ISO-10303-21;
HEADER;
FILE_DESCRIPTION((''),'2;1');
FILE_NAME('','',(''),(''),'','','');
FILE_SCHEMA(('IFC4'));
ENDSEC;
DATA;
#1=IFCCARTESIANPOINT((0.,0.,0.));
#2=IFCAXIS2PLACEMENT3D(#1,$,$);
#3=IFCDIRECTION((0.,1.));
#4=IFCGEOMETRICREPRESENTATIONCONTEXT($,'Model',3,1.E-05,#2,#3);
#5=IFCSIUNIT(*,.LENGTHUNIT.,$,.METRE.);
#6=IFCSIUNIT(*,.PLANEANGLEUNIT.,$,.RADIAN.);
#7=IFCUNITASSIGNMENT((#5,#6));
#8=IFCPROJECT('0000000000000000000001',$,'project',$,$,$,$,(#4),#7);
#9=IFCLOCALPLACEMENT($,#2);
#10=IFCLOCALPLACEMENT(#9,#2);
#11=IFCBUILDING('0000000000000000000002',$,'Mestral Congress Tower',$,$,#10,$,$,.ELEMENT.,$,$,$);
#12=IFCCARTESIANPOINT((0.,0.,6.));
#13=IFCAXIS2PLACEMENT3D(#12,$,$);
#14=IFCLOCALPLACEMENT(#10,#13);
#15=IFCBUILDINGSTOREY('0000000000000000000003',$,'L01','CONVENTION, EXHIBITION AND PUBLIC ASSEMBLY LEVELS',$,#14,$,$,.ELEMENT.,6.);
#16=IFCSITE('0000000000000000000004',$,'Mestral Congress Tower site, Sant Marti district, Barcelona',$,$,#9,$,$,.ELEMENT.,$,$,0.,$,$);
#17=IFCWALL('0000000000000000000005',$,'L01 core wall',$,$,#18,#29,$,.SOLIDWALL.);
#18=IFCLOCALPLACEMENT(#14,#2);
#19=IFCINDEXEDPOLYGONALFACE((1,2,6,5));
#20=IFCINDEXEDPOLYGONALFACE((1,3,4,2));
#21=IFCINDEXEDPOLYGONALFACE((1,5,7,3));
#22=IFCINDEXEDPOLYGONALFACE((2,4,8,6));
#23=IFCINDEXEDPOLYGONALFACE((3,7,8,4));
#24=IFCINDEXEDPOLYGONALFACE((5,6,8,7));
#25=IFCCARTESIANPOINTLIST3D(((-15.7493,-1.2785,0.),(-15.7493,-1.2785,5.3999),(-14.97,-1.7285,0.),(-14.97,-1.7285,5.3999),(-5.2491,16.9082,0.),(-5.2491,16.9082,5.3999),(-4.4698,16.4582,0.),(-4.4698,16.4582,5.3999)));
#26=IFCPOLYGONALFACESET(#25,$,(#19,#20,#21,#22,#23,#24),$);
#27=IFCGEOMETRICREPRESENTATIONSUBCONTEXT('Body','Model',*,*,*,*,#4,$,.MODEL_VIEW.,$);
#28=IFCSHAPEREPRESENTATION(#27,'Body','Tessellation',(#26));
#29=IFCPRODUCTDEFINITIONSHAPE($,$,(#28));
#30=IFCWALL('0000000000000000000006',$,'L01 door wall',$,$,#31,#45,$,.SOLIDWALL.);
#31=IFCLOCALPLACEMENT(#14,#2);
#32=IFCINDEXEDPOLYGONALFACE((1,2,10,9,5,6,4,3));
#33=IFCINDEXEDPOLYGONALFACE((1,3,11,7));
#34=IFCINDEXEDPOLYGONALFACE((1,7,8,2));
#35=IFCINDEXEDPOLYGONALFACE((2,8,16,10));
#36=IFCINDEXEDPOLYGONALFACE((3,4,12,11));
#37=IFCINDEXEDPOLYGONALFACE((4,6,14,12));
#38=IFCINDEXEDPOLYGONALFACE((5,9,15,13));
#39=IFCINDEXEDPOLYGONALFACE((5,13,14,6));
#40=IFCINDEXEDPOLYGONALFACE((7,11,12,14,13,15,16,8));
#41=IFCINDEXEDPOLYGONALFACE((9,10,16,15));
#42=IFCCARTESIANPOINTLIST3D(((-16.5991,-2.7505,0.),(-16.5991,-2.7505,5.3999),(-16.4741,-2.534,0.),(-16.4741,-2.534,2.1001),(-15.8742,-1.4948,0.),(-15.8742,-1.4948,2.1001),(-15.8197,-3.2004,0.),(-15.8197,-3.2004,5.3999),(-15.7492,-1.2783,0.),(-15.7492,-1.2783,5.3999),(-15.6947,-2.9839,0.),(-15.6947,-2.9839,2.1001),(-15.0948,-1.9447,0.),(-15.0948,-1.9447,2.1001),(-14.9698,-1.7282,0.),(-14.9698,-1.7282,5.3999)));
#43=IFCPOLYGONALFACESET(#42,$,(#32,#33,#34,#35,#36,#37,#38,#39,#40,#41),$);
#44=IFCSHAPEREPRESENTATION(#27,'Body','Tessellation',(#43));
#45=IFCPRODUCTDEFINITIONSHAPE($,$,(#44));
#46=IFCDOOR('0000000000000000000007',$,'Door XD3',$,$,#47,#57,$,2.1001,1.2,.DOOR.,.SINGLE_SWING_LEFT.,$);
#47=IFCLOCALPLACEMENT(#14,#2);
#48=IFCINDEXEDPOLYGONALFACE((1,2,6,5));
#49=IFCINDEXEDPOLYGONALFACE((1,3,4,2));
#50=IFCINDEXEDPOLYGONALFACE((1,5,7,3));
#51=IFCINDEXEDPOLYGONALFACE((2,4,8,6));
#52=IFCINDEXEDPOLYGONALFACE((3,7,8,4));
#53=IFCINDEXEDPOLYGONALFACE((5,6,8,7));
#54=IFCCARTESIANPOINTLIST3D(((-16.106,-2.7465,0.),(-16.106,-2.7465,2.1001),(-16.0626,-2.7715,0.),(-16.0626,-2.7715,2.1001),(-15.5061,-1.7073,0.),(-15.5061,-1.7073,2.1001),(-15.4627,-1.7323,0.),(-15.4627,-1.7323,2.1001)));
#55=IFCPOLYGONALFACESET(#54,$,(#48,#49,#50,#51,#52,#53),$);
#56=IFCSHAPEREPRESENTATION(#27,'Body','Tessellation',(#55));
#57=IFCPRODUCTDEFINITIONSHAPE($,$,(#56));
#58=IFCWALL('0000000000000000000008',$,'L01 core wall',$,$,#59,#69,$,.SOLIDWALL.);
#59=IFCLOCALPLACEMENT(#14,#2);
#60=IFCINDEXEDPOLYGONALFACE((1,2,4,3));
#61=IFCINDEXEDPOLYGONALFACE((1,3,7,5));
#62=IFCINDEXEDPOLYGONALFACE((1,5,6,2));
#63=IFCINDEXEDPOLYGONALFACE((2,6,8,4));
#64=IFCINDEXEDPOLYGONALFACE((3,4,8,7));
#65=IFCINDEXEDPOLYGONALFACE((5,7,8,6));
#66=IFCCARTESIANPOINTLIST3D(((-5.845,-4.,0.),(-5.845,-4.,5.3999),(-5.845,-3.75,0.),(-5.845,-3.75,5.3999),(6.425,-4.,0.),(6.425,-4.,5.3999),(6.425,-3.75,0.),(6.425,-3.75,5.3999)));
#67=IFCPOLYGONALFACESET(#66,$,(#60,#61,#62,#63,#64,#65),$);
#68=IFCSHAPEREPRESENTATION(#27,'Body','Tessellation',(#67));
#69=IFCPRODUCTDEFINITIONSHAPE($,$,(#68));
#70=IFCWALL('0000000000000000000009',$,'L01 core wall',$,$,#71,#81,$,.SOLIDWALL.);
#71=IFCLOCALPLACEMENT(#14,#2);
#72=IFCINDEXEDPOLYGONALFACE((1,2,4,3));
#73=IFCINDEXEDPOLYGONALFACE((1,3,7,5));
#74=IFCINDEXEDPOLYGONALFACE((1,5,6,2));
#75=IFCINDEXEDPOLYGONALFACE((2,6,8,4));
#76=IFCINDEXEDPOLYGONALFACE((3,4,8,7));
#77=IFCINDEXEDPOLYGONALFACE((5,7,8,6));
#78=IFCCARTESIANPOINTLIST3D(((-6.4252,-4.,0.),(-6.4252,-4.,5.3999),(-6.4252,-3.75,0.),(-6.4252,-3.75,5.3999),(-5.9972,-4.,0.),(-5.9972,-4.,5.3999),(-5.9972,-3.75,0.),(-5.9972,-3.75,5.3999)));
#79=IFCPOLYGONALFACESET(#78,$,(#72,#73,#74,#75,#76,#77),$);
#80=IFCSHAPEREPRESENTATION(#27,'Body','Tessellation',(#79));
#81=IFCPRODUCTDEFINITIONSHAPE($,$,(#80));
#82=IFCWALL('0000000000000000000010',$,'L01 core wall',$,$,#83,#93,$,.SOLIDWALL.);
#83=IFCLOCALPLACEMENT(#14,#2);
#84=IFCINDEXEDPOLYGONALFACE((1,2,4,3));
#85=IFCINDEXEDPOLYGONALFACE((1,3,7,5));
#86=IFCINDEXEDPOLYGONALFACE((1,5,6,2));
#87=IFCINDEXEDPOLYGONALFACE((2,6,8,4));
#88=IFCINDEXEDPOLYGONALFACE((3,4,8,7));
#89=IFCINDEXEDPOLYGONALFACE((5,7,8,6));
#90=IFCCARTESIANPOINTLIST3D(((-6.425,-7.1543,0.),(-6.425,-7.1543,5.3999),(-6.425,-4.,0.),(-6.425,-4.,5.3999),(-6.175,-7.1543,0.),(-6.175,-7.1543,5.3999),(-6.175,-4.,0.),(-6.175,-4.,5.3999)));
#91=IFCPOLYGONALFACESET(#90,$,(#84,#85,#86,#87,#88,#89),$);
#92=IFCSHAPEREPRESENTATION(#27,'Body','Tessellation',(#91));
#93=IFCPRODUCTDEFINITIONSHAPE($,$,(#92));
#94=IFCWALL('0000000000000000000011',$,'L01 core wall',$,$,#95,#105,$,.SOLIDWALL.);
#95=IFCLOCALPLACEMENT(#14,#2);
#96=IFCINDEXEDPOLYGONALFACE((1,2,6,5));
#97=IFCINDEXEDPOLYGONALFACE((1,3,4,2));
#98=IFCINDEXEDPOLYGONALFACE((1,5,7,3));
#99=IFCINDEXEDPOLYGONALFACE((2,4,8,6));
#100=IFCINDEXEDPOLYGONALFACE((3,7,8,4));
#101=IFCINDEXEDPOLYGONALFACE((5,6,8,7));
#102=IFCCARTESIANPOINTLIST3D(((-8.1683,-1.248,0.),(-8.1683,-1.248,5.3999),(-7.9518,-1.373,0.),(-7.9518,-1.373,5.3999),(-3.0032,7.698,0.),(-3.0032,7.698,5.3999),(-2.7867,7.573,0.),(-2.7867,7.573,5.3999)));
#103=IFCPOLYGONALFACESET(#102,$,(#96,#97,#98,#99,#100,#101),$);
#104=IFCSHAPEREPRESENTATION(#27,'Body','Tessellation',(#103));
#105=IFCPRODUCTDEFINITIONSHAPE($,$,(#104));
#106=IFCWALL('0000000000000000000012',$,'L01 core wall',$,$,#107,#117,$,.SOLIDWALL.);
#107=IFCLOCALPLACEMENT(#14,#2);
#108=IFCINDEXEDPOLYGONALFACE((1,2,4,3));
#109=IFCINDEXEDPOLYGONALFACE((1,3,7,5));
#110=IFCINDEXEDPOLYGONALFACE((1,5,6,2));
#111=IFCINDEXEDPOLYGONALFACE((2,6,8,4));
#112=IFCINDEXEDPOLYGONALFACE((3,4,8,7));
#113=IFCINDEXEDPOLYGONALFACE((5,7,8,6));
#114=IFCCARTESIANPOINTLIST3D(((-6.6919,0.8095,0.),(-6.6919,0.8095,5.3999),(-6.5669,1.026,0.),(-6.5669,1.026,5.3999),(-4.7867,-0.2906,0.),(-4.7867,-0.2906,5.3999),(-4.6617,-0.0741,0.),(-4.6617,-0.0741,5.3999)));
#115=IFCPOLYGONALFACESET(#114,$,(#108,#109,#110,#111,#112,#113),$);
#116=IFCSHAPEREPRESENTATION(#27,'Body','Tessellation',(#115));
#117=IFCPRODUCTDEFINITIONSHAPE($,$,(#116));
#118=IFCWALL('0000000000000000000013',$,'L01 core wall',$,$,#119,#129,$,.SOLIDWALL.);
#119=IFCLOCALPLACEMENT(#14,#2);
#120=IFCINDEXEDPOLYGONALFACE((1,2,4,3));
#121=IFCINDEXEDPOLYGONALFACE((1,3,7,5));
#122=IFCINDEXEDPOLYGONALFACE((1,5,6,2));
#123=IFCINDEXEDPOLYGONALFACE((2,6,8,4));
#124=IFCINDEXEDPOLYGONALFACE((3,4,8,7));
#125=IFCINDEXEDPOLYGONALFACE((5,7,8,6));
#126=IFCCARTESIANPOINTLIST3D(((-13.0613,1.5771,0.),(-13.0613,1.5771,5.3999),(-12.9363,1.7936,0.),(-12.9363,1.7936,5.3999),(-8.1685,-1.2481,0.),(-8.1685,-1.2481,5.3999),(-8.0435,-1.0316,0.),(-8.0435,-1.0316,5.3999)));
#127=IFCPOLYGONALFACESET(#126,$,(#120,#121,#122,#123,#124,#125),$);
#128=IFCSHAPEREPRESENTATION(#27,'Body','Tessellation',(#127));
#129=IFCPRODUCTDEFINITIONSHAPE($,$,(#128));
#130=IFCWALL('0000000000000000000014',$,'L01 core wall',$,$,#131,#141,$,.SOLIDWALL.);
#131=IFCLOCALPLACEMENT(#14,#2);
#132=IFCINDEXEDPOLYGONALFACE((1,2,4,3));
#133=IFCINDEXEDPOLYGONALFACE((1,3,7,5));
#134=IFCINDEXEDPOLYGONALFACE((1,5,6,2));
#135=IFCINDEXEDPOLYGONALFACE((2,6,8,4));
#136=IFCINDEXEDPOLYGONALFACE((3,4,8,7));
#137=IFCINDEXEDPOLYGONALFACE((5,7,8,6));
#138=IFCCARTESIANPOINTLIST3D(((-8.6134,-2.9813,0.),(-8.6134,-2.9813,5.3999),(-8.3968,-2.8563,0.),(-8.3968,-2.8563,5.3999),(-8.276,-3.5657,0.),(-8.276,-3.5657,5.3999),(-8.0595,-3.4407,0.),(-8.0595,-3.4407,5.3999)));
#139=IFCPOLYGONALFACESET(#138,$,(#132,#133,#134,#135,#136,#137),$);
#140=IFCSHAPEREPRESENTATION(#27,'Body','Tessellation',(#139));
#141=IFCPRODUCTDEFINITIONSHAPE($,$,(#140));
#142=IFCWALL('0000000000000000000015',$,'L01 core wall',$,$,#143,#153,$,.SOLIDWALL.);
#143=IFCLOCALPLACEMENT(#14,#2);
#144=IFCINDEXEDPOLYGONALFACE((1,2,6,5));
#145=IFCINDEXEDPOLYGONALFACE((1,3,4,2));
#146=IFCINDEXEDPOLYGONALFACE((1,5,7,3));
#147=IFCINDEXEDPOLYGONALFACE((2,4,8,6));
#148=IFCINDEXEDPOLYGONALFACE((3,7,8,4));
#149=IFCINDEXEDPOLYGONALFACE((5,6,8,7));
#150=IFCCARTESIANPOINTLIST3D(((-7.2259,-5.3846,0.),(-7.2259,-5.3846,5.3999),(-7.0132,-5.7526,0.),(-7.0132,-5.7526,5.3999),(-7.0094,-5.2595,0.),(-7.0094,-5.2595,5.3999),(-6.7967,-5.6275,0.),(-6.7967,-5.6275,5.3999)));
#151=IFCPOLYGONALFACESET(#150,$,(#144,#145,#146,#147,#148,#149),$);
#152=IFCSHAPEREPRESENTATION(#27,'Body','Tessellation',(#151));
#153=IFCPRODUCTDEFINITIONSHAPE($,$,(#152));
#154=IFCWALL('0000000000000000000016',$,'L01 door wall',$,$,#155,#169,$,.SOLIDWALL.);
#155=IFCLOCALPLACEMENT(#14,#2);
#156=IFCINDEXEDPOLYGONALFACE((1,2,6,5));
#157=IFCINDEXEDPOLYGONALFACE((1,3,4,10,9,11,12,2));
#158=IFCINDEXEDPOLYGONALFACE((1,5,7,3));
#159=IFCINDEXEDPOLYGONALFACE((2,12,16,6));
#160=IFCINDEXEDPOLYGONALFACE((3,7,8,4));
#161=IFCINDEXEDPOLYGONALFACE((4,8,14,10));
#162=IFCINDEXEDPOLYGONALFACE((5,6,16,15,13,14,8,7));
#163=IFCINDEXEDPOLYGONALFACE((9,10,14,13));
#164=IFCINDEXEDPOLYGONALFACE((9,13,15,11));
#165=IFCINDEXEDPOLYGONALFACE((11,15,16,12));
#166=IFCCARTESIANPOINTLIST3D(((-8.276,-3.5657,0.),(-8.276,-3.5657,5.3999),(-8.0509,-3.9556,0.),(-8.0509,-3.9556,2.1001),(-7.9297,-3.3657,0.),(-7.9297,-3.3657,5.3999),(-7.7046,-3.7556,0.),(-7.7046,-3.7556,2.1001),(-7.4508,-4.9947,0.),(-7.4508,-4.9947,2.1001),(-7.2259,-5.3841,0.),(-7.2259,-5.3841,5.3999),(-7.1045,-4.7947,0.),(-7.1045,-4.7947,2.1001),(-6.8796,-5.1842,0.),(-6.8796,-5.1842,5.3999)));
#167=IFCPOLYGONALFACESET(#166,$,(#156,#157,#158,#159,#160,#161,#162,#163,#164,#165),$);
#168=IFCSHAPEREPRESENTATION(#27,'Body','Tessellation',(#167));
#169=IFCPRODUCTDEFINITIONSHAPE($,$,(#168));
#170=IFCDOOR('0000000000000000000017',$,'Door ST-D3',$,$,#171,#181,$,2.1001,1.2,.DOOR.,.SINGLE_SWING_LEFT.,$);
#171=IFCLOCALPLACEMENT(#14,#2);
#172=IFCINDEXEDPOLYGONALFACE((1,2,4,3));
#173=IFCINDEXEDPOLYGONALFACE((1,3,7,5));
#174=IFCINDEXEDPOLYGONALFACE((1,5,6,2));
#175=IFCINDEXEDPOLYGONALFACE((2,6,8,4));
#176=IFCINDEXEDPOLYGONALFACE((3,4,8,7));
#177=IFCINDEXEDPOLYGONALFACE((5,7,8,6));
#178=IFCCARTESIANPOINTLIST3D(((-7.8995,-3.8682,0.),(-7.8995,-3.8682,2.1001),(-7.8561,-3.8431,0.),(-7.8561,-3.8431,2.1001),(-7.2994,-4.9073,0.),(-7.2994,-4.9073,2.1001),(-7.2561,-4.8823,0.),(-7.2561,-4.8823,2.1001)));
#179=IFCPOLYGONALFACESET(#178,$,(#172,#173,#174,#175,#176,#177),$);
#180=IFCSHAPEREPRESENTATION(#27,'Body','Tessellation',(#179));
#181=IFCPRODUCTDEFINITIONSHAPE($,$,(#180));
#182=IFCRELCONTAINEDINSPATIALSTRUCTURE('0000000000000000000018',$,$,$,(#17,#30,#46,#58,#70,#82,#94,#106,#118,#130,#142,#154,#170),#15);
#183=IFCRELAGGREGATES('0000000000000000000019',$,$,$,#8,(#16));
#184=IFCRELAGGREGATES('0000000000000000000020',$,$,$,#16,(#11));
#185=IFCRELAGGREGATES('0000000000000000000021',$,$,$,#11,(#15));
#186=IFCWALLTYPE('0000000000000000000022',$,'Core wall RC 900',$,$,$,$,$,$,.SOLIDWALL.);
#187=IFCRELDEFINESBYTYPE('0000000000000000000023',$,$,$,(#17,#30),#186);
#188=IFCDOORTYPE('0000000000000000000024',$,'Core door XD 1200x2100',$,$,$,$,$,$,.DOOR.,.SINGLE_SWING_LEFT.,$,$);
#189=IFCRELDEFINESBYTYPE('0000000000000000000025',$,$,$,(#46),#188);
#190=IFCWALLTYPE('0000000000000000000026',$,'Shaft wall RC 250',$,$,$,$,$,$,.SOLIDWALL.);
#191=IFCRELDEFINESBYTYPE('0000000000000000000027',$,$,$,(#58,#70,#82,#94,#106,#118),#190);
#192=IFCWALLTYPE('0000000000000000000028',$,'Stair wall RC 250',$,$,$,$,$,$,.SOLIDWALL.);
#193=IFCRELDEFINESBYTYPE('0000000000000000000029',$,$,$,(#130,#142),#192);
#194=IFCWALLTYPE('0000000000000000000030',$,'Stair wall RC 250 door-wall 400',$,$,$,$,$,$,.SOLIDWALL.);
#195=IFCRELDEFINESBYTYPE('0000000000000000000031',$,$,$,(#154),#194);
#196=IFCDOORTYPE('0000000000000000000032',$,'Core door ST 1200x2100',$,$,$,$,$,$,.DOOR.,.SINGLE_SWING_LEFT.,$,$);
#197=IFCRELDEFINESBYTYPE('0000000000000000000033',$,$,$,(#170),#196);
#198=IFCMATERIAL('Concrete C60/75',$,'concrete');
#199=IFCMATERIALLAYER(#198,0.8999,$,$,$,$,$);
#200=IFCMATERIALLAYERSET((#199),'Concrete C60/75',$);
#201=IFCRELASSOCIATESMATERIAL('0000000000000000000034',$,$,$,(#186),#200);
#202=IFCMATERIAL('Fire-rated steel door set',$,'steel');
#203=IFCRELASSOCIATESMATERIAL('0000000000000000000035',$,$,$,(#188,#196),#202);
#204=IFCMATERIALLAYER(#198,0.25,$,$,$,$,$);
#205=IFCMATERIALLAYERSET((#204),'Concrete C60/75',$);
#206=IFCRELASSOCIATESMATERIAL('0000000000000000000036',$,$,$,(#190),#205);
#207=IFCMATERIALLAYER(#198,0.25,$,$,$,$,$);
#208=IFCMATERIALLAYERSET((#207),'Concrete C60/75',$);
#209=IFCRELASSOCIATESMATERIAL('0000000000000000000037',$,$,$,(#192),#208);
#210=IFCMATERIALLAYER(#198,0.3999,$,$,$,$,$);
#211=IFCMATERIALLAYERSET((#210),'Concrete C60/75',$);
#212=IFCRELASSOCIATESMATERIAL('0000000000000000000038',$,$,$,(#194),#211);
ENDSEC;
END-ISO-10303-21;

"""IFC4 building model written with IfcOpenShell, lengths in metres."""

from ifc_helpers import new_model, si_unit, direction, frame, frame_2d, origin, place, context, subcontext, project, spatial, rectangle, extrude, material, layer, layer_set, type_object, element, fill, save


model = new_model("IFC4")

# Units and contexts
model_context = context("Model", 3, precision=1e-05, world=origin(), true_north=direction((0.0, 1.0)))
body_context = subcontext(model_context, "Body", "Model", "MODEL_VIEW")
ifc_project = project(units=[si_unit("LENGTHUNIT", "METRE"), si_unit("PLANEANGLEUNIT", "RADIAN")], contexts=[model_context])

# Site, building, storey
site_placement = place(None, origin())
site = spatial("IfcSite", under=ifc_project, at=site_placement, Name="Mestral Congress Tower site, Sant Marti district, Barcelona", CompositionType="ELEMENT", RefElevation=0.0)
building_placement = place(site_placement, origin())
building = spatial("IfcBuilding", under=site, at=building_placement, Name="Mestral Congress Tower", CompositionType="ELEMENT")
storey_placement = place(building_placement, frame((0.0, 0.0, 6.0)))
storey = spatial("IfcBuildingStorey", under=building, at=storey_placement, Name="L01", Description="CONVENTION, EXHIBITION AND PUBLIC ASSEMBLY LEVELS", CompositionType="ELEMENT", Elevation=6.0)

# Shared definitions
ifc_material_1 = material(Name="Fire-rated steel door set", Category="steel")

# Wall
ifc_material_2 = material(Name="Concrete C60/75", Category="concrete")
ifc_layer_1 = layer(ifc_material_2, 0.8999)
ifc_layer_set_1 = layer_set([ifc_layer_1], Name="Concrete C60/75")
wall_type_1 = type_object("IfcWallType", Name="Core wall RC 900", PredefinedType="SOLIDWALL", material=ifc_layer_set_1)
wall_1_placement = place(storey_placement, frame((-15.3596, -1.5034, 0.0), z_axis=(0.0, 0.0, 1.0), x_axis=(0.500004, 0.866023, 0.0)))
element("IfcWall", 1, at=wall_1_placement, inside=storey, type_object=wall_type_1, Name="L01 core wall", PredefinedType="SOLIDWALL", context=body_context, shape_type="SweptSolid", body=[
    extrude(rectangle(XDim=21.0002, YDim=0.8999, at=frame_2d((10.5, 0.0))), origin(), (0.0, 0.0, 1.0), 5.3999),
])

# Wall, opening, door
wall_2_placement = place(storey_placement, frame((-16.2095, -2.9756, 0.0), z_axis=(0.0, 0.0, 1.0), x_axis=(0.499955, 0.866052, 0.0)))
wall_2 = element("IfcWall", 2, at=wall_2_placement, inside=storey, type_object=wall_type_1, Name="L01 door wall", PredefinedType="SOLIDWALL", context=body_context, shape_type="SweptSolid", body=[
    extrude(rectangle(XDim=1.7, YDim=0.8999, at=frame_2d((0.8501, 0.0))), origin(), (0.0, 0.0, 1.0), 5.3999),
])
opening_1_placement = place(wall_2_placement, frame((0.25, 0.0, 0.0)))
opening_1 = element("IfcOpeningElement", 3, at=opening_1_placement, cuts=wall_2, PredefinedType="OPENING", context=body_context, shape_type="SweptSolid", body=[
    extrude(rectangle(XDim=1.2, YDim=2.1001, at=frame_2d((0.6001, 1.05))), frame((0.0, 0.46, 0.0), z_axis=(0.0, -1.0, 0.0), x_axis=(1.0, 0.0, 0.0)), (0.0, 0.0, 1.0), 0.9199),
])
door_type_1 = type_object("IfcDoorType", Name="Core door XD 1200x2100", OperationType="SINGLE_SWING_LEFT", PredefinedType="DOOR", material=ifc_material_1)
door_1_placement = place(opening_1_placement, origin())
door_1 = element("IfcDoor", 4, at=door_1_placement, inside=storey, type_object=door_type_1, Name="Door XD3", OperationType="SINGLE_SWING_LEFT", OverallHeight=2.1001, OverallWidth=1.2, PredefinedType="DOOR", context=body_context, shape_type="SweptSolid", body=[
    extrude(rectangle(XDim=1.2, YDim=2.1001, at=frame_2d((0.6001, 1.05))), frame((0.0, 0.0249, 0.0), z_axis=(0.0, -1.0, 0.0), x_axis=(1.0, 0.0, 0.0)), (0.0, 0.0, 1.0), 0.05),
])
fill(opening_1, door_1)

# Walls
ifc_layer_2 = layer(ifc_material_2, 0.25)
ifc_layer_set_2 = layer_set([ifc_layer_2], Name="Concrete C60/75")
wall_type_2 = type_object("IfcWallType", Name="Shaft wall RC 250", PredefinedType="SOLIDWALL", material=ifc_layer_set_2)
wall_3_placement = place(storey_placement, frame((-5.845, -3.875, 0.0), z_axis=(0.0, 0.0, 1.0), x_axis=(1.0, 0.0, 0.0)))
element("IfcWall", 5, at=wall_3_placement, inside=storey, type_object=wall_type_2, Name="L01 core wall", PredefinedType="SOLIDWALL", context=body_context, shape_type="SweptSolid", body=[
    extrude(rectangle(XDim=12.27, YDim=0.25, at=frame_2d((6.135, 0.0))), origin(), (0.0, 0.0, 1.0), 5.3999),
])
wall_4_placement = place(storey_placement, frame((-6.425, -3.875, 0.0), z_axis=(0.0, 0.0, 1.0), x_axis=(1.0, 0.0, 0.0)))
element("IfcWall", 6, at=wall_4_placement, inside=storey, type_object=wall_type_2, Name="L01 core wall", PredefinedType="SOLIDWALL", context=body_context, shape_type="SweptSolid", body=[
    extrude(rectangle(XDim=0.428, YDim=0.25, at=frame_2d((0.2139, 0.0))), origin(), (0.0, 0.0, 1.0), 5.3999),
])
wall_5_placement = place(storey_placement, frame((-6.3, -4.0, 0.0), z_axis=(0.0, 0.0, 1.0), x_axis=(0.0, -1.0, 0.0)))
element("IfcWall", 7, at=wall_5_placement, inside=storey, type_object=wall_type_2, Name="L01 core wall", PredefinedType="SOLIDWALL", context=body_context, shape_type="SweptSolid", body=[
    extrude(rectangle(XDim=3.1543, YDim=0.25, at=frame_2d((1.5771, 0.0))), origin(), (0.0, 0.0, 1.0), 5.3999),
])
wall_6_placement = place(storey_placement, frame((-8.0601, -1.3105, 0.0), z_axis=(0.0, 0.0, 1.0), x_axis=(0.500003, 0.866024, 0.0)))
element("IfcWall", 8, at=wall_6_placement, inside=storey, type_object=wall_type_2, Name="L01 core wall", PredefinedType="SOLIDWALL", context=body_context, shape_type="SweptSolid", body=[
    extrude(rectangle(XDim=10.3301, YDim=0.25, at=frame_2d((5.165, 0.0))), origin(), (0.0, 0.0, 1.0), 5.3999),
])
wall_7_placement = place(storey_placement, frame((-4.7241, -0.1824, 0.0), z_axis=(0.0, 0.0, 1.0), x_axis=(-0.866008, 0.50003, 0.0)))
element("IfcWall", 9, at=wall_7_placement, inside=storey, type_object=wall_type_2, Name="L01 core wall", PredefinedType="SOLIDWALL", context=body_context, shape_type="SweptSolid", body=[
    extrude(rectangle(XDim=2.2, YDim=0.25, at=frame_2d((1.1001, 0.0))), origin(), (0.0, 0.0, 1.0), 5.3999),
])
wall_8_placement = place(storey_placement, frame((-8.106, -1.1399, 0.0), z_axis=(0.0, 0.0, 1.0), x_axis=(-0.866001, 0.500043, 0.0)))
element("IfcWall", 10, at=wall_8_placement, inside=storey, type_object=wall_type_2, Name="L01 core wall", PredefinedType="SOLIDWALL", context=body_context, shape_type="SweptSolid", body=[
    extrude(rectangle(XDim=5.6499, YDim=0.25, at=frame_2d((2.825, 0.0))), origin(), (0.0, 0.0, 1.0), 5.3999),
])
ifc_layer_3 = layer(ifc_material_2, 0.25)
ifc_layer_set_3 = layer_set([ifc_layer_3], Name="Concrete C60/75")
wall_type_3 = type_object("IfcWallType", Name="Stair wall RC 250", PredefinedType="SOLIDWALL", material=ifc_layer_set_3)
wall_9_placement = place(storey_placement, frame((-8.1677, -3.5032, 0.0), z_axis=(0.0, 0.0, 1.0), x_axis=(-0.499952, 0.866053, 0.0)))
element("IfcWall", 11, at=wall_9_placement, inside=storey, type_object=wall_type_3, Name="L01 core wall", PredefinedType="SOLIDWALL", context=body_context, shape_type="SweptSolid", body=[
    extrude(rectangle(XDim=0.6748, YDim=0.25, at=frame_2d((0.3374, 0.0))), origin(), (0.0, 0.0, 1.0), 5.3999),
])
wall_10_placement = place(storey_placement, frame((-6.905, -5.6899, 0.0), z_axis=(0.0, 0.0, 1.0), x_axis=(-0.500402, 0.865793, 0.0)))
element("IfcWall", 12, at=wall_10_placement, inside=storey, type_object=wall_type_3, Name="L01 core wall", PredefinedType="SOLIDWALL", context=body_context, shape_type="SweptSolid", body=[
    extrude(rectangle(XDim=0.425, YDim=0.25, at=frame_2d((0.2124, 0.0))), origin(), (0.0, 0.0, 1.0), 5.3999),
])

# Wall, opening, door
ifc_layer_4 = layer(ifc_material_2, 0.3999)
ifc_layer_set_4 = layer_set([ifc_layer_4], Name="Concrete C60/75")
wall_type_4 = type_object("IfcWallType", Name="Stair wall RC 250 door-wall 400", PredefinedType="SOLIDWALL", material=ifc_layer_set_4)
wall_11_placement = place(storey_placement, frame((-8.1028, -3.4658, 0.0), z_axis=(0.0, 0.0, 1.0), x_axis=(0.500078, -0.86598, 0.0)))
wall_11 = element("IfcWall", 13, at=wall_11_placement, inside=storey, type_object=wall_type_4, Name="L01 door wall", PredefinedType="SOLIDWALL", context=body_context, shape_type="SweptSolid", body=[
    extrude(rectangle(XDim=2.0999, YDim=0.3999, at=frame_2d((1.0498, 0.0))), origin(), (0.0, 0.0, 1.0), 5.3999),
])
opening_2_placement = place(wall_11_placement, frame((0.45, 0.0, 0.0)))
opening_2 = element("IfcOpeningElement", 14, at=opening_2_placement, cuts=wall_11, PredefinedType="OPENING", context=body_context, shape_type="SweptSolid", body=[
    extrude(rectangle(XDim=1.2, YDim=2.1001, at=frame_2d((0.6001, 1.05))), frame((0.0, 0.21, 0.0), z_axis=(0.0, -1.0, 0.0), x_axis=(1.0, 0.0, 0.0)), (0.0, 0.0, 1.0), 0.4199),
])
door_type_2 = type_object("IfcDoorType", Name="Core door ST 1200x2100", OperationType="SINGLE_SWING_LEFT", PredefinedType="DOOR", material=ifc_material_1)
door_2_placement = place(opening_2_placement, origin())
door_2 = element("IfcDoor", 15, at=door_2_placement, inside=storey, type_object=door_type_2, Name="Door ST-D3", OperationType="SINGLE_SWING_LEFT", OverallHeight=2.1001, OverallWidth=1.2, PredefinedType="DOOR", context=body_context, shape_type="SweptSolid", body=[
    extrude(rectangle(XDim=1.2, YDim=2.1001, at=frame_2d((0.6001, 1.05))), frame((0.0, 0.0249, 0.0), z_axis=(0.0, -1.0, 0.0), x_axis=(1.0, 0.0, 0.0)), (0.0, 0.0, 1.0), 0.05),
])
fill(opening_2, door_2)

save(model, "model.ifc")
